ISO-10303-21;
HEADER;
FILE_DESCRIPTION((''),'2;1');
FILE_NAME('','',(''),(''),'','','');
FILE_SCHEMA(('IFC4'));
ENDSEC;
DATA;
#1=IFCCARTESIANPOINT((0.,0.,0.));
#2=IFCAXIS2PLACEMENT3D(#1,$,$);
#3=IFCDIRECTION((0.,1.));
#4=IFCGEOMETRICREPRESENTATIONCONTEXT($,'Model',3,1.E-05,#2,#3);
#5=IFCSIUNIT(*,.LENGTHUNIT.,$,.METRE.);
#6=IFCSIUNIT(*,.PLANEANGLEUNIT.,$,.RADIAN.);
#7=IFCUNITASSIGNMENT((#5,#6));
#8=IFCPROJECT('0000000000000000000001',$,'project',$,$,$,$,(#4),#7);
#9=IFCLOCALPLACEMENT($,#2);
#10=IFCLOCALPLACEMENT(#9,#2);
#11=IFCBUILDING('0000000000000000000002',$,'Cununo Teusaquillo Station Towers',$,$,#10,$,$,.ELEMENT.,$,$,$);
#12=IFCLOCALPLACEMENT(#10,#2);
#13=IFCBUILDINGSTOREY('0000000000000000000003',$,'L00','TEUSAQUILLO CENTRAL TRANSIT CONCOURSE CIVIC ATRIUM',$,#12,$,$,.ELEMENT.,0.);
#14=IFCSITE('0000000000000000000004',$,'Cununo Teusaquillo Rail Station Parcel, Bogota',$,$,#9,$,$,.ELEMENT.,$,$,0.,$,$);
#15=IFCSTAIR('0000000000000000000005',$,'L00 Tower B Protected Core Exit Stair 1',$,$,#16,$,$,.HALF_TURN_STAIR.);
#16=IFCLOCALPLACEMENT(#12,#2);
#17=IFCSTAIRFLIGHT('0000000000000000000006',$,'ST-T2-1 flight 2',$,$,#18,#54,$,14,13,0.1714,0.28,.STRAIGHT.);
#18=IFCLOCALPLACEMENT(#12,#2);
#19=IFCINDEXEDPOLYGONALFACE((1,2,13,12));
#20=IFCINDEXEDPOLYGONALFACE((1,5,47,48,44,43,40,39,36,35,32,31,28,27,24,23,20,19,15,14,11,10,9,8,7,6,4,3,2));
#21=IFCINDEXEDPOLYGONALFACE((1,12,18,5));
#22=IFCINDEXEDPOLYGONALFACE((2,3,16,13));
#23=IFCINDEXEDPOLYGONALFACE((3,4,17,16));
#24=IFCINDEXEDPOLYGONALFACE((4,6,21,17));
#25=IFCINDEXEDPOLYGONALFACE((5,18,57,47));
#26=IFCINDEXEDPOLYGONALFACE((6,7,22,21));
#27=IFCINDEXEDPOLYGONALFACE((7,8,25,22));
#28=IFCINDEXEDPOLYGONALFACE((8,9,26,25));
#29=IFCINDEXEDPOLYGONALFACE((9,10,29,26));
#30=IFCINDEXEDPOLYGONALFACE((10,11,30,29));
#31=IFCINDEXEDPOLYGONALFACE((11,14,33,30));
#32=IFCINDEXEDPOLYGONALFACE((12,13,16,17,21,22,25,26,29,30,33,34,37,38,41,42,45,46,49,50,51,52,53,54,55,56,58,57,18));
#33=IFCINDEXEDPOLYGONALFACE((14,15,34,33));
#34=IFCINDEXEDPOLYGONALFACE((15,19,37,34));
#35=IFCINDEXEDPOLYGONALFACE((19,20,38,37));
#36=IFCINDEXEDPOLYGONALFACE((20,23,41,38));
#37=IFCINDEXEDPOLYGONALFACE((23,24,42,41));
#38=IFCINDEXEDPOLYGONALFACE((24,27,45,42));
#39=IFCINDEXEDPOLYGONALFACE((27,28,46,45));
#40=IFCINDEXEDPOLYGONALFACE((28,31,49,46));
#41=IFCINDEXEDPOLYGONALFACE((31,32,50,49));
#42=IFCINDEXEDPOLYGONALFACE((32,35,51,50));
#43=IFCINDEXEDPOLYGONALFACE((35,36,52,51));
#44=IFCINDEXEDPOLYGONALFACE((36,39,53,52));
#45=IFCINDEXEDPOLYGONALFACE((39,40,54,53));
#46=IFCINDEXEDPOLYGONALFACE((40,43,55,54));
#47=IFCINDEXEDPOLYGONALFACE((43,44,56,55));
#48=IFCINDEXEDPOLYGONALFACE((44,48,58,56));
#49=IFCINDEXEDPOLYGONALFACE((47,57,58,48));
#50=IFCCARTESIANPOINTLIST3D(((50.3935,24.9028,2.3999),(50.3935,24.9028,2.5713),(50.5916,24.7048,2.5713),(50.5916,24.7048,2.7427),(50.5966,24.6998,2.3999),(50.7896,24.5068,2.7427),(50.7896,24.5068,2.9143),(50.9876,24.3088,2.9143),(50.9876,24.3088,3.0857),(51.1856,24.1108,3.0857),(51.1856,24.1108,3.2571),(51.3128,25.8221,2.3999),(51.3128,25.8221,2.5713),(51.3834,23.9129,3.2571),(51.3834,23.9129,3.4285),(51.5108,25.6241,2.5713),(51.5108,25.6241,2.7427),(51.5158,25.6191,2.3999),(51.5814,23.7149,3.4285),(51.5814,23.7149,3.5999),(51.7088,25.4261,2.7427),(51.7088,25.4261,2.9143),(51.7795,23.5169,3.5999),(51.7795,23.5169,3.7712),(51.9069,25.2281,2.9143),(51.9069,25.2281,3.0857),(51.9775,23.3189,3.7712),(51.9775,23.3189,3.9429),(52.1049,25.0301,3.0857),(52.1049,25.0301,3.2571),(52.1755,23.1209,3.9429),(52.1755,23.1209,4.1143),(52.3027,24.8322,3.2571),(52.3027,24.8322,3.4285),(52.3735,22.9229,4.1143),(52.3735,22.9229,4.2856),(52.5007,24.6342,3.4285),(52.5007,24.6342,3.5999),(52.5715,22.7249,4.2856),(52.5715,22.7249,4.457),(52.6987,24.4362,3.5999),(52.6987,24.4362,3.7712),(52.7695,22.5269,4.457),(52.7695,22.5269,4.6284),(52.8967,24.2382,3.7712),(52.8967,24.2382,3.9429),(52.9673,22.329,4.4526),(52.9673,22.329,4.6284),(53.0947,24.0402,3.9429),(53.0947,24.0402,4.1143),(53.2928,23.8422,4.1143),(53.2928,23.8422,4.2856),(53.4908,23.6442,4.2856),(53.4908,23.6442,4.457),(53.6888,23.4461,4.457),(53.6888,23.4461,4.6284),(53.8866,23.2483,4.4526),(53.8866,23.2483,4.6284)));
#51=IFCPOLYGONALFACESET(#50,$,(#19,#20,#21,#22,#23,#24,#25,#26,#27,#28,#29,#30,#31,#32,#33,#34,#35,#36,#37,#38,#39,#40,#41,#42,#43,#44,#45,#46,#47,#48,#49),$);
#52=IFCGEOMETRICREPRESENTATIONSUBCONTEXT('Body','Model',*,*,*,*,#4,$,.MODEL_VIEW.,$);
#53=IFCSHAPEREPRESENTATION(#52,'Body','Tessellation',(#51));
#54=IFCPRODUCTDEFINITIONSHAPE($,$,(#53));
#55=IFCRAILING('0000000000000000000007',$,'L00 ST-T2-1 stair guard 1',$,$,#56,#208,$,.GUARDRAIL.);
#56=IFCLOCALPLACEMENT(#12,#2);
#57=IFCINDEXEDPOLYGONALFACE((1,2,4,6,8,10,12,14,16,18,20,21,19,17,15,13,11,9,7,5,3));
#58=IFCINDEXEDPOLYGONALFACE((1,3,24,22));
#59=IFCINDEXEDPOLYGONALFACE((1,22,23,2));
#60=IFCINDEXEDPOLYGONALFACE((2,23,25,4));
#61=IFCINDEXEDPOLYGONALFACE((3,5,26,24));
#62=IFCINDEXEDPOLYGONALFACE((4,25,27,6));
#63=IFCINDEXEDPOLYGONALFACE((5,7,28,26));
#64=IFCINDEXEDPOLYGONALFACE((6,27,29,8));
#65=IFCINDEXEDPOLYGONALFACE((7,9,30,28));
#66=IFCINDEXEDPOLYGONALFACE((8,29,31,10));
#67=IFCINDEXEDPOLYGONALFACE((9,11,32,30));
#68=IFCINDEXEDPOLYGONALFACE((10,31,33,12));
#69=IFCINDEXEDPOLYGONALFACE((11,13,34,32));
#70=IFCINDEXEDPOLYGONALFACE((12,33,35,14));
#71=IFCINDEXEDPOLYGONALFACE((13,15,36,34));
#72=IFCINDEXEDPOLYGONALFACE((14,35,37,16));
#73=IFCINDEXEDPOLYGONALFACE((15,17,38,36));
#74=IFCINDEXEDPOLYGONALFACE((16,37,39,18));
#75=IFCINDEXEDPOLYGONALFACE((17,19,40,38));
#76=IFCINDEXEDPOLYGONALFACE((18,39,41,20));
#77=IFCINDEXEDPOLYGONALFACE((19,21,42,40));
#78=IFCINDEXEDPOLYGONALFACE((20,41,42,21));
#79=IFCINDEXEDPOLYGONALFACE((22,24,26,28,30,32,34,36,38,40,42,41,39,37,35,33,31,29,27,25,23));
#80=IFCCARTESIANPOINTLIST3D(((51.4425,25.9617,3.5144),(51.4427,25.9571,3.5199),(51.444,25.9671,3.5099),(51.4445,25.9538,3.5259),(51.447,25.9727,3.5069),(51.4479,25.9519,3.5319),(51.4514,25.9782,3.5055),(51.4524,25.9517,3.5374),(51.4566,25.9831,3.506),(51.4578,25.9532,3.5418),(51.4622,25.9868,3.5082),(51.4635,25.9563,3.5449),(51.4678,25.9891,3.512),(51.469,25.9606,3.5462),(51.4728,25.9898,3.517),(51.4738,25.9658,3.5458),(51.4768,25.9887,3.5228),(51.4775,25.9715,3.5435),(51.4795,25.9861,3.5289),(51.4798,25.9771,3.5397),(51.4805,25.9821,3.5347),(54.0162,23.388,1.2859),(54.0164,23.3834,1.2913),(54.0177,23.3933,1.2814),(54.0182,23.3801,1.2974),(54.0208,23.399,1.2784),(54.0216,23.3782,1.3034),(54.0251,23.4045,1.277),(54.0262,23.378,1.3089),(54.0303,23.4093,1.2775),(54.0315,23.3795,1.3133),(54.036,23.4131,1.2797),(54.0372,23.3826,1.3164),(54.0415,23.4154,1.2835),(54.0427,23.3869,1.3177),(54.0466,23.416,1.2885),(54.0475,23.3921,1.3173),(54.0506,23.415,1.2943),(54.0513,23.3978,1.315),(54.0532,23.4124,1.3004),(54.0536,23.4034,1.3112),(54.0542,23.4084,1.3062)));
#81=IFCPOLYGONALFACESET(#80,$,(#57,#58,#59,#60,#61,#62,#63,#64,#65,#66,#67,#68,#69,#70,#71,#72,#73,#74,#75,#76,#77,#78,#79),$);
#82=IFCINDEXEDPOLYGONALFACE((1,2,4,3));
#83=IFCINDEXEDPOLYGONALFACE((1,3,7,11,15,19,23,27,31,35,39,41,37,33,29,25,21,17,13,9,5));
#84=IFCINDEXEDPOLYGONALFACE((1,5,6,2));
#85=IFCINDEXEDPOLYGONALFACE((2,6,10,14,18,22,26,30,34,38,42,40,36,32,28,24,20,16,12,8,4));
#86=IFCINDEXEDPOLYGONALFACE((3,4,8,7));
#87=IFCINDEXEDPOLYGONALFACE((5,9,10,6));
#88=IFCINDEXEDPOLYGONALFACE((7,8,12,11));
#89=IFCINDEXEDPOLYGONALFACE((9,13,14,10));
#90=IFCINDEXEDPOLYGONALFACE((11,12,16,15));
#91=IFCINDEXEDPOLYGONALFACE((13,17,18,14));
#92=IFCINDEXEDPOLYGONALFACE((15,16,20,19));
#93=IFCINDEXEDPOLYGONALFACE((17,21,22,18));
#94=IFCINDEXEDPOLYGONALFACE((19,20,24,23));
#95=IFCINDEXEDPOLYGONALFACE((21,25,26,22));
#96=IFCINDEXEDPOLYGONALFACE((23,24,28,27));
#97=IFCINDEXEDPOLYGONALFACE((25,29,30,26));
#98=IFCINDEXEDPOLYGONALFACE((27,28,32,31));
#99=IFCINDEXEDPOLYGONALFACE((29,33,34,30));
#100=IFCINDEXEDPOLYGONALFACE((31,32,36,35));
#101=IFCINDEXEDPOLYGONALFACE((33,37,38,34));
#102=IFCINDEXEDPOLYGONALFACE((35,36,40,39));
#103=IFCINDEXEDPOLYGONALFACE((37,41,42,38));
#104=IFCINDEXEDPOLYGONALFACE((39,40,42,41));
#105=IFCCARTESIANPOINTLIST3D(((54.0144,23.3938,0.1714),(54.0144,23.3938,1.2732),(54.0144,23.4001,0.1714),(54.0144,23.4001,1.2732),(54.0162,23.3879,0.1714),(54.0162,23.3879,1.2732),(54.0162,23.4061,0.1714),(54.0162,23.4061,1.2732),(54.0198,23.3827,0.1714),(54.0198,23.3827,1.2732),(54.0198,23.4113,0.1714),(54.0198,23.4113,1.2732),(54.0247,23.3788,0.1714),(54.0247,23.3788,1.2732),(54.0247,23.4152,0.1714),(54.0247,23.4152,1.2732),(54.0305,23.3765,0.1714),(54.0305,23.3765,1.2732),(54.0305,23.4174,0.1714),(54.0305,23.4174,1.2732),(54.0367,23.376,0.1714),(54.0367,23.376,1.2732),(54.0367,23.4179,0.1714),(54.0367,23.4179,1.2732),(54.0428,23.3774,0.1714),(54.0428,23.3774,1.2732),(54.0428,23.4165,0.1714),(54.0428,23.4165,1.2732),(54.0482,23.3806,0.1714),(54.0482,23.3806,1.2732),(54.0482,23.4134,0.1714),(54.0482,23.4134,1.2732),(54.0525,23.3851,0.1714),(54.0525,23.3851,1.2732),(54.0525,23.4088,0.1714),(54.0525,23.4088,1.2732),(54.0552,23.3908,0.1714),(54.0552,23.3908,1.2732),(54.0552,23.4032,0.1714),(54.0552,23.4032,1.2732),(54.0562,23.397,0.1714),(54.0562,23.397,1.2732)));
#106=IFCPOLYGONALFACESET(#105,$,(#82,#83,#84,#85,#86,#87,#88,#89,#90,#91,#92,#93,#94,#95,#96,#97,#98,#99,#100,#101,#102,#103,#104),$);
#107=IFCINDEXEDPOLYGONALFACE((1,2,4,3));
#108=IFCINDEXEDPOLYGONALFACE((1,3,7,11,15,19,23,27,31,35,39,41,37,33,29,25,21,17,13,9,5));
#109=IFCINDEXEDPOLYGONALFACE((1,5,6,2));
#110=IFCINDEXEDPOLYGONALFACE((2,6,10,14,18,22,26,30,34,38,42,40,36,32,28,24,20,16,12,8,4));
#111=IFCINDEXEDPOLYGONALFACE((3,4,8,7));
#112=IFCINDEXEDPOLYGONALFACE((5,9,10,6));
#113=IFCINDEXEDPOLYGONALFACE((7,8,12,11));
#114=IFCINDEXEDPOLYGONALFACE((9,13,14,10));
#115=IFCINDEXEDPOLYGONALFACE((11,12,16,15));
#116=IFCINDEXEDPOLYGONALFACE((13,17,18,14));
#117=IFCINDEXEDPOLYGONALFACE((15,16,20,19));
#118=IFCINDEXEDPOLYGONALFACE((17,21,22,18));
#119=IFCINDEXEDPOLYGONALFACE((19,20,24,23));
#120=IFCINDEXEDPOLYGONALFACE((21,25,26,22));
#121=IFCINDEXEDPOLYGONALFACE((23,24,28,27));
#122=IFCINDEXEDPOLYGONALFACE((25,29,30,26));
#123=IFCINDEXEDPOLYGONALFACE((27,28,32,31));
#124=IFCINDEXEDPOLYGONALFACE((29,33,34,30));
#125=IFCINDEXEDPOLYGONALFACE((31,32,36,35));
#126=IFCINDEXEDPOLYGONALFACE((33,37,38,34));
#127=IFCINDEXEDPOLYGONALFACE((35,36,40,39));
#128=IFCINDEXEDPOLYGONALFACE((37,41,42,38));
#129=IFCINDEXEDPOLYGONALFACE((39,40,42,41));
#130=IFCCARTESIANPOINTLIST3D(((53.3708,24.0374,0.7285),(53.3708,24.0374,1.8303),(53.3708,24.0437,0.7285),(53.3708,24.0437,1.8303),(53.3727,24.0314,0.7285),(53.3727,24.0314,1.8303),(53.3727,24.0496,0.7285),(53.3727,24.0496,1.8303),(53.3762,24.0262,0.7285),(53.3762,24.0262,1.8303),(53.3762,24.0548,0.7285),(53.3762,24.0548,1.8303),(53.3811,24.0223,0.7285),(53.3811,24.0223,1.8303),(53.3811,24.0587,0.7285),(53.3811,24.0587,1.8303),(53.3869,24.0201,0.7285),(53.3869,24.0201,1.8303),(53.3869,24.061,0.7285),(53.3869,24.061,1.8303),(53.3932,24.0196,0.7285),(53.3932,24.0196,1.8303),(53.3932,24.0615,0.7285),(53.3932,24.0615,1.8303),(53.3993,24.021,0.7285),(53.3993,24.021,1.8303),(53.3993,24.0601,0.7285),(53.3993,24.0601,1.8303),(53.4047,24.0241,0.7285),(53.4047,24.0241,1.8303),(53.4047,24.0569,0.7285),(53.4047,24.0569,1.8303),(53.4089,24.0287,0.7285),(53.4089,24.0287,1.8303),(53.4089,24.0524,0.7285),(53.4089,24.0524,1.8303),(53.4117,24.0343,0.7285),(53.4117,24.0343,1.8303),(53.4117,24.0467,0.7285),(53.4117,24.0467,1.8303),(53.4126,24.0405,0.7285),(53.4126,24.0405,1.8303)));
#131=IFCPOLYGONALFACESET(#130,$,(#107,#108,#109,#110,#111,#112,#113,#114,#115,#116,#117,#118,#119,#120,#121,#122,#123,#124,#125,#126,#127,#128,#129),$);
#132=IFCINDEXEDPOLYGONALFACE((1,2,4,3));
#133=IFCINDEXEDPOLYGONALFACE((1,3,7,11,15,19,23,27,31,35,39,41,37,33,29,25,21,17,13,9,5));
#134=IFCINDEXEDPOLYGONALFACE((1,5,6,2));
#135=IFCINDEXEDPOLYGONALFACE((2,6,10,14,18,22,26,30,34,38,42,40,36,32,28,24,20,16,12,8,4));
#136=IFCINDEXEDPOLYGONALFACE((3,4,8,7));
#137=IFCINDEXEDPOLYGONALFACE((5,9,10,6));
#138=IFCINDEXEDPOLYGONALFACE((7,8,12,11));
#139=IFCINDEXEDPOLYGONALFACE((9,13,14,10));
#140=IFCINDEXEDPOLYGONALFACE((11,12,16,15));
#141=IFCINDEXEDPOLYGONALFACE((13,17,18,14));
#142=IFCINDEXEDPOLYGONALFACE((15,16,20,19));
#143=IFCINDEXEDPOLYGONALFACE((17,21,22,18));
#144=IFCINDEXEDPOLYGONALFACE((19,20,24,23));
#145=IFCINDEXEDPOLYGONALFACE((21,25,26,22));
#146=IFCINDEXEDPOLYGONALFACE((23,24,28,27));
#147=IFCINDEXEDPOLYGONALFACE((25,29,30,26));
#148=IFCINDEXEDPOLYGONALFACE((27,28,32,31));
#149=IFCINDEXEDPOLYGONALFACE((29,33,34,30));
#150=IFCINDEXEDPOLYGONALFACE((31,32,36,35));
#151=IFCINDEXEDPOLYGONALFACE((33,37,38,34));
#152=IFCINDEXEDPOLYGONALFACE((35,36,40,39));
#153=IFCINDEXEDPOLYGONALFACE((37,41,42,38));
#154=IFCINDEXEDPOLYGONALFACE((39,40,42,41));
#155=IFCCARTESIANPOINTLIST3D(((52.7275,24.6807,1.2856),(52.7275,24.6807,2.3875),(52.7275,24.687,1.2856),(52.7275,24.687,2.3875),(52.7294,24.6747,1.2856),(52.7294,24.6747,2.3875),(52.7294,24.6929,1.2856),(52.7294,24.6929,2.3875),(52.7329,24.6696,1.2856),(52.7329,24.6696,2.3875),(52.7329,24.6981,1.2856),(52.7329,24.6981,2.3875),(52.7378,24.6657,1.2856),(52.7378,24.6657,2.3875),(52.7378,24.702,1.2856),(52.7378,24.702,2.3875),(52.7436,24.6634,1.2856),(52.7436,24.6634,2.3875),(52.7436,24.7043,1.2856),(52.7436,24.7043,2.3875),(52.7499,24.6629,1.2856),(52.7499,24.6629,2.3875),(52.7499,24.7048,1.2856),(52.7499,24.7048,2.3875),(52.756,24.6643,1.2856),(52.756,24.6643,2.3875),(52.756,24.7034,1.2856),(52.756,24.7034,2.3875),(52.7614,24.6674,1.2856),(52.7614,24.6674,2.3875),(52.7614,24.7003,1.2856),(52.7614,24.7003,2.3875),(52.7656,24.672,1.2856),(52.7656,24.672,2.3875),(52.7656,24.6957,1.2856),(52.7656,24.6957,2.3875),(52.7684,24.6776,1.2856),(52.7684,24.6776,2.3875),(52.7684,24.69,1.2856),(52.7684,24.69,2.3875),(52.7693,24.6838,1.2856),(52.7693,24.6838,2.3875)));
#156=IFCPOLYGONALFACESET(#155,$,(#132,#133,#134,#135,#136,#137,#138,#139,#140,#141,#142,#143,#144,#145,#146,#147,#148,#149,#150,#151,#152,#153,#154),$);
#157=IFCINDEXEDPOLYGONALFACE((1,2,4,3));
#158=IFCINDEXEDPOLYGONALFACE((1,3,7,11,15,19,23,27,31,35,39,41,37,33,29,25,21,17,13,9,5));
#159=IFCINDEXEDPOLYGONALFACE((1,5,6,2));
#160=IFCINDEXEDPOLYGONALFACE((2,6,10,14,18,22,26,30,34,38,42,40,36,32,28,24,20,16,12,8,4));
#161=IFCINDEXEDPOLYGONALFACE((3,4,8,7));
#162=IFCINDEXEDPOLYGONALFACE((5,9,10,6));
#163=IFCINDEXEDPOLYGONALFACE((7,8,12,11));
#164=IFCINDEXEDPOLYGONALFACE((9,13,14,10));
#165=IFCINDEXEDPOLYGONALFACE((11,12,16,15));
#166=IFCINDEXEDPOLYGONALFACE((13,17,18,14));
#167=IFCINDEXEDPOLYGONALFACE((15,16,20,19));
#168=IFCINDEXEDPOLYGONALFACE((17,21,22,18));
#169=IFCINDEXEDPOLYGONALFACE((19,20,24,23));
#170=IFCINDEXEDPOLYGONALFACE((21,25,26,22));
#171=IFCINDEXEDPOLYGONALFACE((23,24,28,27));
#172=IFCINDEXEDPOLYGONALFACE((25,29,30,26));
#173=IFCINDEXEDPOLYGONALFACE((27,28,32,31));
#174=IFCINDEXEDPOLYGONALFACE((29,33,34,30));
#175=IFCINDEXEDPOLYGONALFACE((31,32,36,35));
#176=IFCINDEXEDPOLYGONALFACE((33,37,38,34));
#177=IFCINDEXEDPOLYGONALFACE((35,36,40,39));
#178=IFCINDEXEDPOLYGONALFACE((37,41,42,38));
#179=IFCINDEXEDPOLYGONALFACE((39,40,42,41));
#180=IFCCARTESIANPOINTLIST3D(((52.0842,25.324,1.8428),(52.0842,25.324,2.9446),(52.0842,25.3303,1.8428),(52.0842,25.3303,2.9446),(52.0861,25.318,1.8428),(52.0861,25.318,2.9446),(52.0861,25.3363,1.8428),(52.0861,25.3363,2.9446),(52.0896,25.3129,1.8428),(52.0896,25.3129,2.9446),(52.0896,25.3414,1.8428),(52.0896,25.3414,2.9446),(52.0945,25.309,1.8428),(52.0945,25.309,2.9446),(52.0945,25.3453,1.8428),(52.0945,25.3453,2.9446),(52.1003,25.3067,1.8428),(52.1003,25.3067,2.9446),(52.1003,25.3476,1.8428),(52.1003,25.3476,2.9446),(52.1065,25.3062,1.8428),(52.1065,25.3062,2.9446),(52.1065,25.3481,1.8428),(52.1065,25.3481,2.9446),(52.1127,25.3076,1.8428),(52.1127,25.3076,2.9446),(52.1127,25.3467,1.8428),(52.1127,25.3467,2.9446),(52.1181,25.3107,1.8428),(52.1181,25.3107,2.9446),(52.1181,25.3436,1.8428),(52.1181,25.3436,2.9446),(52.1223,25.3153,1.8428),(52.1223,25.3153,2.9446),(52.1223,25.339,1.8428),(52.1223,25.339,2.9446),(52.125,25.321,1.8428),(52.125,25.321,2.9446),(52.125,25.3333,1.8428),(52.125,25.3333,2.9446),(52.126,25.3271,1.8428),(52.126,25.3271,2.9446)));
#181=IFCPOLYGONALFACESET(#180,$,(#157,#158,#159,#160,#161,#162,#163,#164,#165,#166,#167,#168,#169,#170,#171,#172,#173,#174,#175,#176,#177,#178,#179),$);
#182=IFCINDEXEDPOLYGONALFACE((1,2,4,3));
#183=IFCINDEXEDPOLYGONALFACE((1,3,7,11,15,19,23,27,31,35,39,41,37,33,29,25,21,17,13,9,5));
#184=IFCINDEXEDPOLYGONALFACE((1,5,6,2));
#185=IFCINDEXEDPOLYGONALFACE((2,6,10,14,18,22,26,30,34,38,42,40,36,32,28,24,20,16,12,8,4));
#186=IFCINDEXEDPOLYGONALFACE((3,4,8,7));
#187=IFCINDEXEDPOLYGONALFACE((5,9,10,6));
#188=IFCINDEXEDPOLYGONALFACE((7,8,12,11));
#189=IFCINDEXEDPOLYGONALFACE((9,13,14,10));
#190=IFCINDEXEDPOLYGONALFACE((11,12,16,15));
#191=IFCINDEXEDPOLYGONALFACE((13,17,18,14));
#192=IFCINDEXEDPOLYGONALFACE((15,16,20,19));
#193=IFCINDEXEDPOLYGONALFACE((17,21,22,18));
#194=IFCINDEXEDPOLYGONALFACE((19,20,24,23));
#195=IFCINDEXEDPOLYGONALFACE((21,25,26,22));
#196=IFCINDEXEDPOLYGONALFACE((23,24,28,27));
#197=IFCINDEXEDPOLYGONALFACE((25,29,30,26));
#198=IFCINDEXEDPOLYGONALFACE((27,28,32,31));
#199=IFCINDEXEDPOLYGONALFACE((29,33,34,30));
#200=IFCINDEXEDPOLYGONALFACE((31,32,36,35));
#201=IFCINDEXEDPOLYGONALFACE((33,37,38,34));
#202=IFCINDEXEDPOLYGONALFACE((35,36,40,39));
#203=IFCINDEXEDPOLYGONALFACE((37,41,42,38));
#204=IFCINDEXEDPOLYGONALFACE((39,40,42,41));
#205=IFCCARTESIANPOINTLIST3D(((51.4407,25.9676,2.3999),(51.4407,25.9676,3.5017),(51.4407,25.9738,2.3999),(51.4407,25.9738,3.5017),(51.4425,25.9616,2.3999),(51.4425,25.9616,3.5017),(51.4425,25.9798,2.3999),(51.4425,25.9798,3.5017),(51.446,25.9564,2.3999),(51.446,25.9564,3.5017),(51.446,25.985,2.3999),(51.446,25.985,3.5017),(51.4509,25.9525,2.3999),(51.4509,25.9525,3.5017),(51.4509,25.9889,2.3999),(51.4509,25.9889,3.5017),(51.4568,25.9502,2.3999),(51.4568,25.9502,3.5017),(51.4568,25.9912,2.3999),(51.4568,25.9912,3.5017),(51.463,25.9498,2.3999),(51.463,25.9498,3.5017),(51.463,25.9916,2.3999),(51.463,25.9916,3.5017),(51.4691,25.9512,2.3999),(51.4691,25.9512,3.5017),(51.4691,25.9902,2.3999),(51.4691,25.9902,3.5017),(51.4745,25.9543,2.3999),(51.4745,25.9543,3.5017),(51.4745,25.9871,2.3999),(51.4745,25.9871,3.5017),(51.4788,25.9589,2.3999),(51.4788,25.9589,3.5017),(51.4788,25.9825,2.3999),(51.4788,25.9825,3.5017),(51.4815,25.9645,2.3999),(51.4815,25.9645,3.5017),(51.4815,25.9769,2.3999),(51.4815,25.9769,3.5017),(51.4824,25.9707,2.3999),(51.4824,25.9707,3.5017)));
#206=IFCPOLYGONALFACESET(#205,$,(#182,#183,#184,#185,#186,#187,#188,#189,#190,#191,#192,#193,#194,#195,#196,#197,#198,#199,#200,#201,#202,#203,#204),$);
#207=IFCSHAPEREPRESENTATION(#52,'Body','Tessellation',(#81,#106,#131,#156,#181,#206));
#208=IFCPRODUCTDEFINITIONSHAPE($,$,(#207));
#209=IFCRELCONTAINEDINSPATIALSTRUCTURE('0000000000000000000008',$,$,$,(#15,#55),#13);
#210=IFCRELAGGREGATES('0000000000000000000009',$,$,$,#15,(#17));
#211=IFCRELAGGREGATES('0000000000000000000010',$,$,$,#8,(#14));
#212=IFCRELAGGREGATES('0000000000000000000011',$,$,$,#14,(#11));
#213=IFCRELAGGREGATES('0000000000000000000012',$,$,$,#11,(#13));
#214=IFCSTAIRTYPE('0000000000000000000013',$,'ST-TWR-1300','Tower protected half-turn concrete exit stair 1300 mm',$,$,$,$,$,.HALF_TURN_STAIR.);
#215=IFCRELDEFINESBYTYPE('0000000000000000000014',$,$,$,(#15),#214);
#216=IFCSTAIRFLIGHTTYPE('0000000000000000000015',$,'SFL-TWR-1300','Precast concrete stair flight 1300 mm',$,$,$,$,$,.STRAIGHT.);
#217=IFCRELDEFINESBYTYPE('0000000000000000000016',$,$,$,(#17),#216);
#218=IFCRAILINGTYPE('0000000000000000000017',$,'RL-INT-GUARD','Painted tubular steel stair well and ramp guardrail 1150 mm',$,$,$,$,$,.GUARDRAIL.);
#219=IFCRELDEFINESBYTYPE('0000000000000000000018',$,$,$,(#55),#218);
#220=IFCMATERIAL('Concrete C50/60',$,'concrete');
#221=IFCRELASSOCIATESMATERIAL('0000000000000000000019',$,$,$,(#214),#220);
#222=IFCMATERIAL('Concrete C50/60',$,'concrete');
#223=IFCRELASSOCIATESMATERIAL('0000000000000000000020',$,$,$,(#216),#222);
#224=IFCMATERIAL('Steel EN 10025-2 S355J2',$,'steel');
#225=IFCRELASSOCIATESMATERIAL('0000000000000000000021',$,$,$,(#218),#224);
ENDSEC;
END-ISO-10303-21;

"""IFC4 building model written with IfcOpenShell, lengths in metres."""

from ifc_helpers import new_model, si_unit, direction, frame, origin, origin_2d, place, context, subcontext, project, spatial, polyline, circle, outline, extrude, material, type_object, element, aggregate, save


model = new_model("IFC4")

# Units and contexts
model_context = context("Model", 3, precision=1e-05, world=origin(), true_north=direction((0.0, 1.0)))
body_context = subcontext(model_context, "Body", "Model", "MODEL_VIEW")
ifc_project = project(units=[si_unit("LENGTHUNIT", "METRE"), si_unit("PLANEANGLEUNIT", "RADIAN")], contexts=[model_context])

# Site, building, storey
site_placement = place(None, origin())
site = spatial("IfcSite", under=ifc_project, at=site_placement, Name="Cununo Teusaquillo Rail Station Parcel, Bogota", CompositionType="ELEMENT", RefElevation=0.0)
building_placement = place(site_placement, origin())
building = spatial("IfcBuilding", under=site, at=building_placement, Name="Cununo Teusaquillo Station Towers", CompositionType="ELEMENT")
storey_placement = place(building_placement, origin())
storey = spatial("IfcBuildingStorey", under=building, at=storey_placement, Name="L00", Description="TEUSAQUILLO CENTRAL TRANSIT CONCOURSE CIVIC ATRIUM", CompositionType="ELEMENT", Elevation=0.0)

# Stair, stair flight
ifc_material_1 = material(Name="Concrete C50/60", Category="concrete")
stair_type = type_object("IfcStairType", Name="ST-TWR-1300", Description="Tower protected half-turn concrete exit stair 1300 mm", PredefinedType="HALF_TURN_STAIR", material=ifc_material_1)
stair_placement = place(storey_placement, origin())
stair = element("IfcStair", 1, at=stair_placement, inside=storey, type_object=stair_type, Name="L00 Tower B Protected Core Exit Stair 1", PredefinedType="HALF_TURN_STAIR")
ifc_material_2 = material(Name="Concrete C50/60", Category="concrete")
stair_flight_type = type_object("IfcStairFlightType", Name="SFL-TWR-1300", Description="Precast concrete stair flight 1300 mm", PredefinedType="STRAIGHT", material=ifc_material_2)
stair_flight_1_placement = place(storey_placement, frame((50.8533, 25.3625, 2.3999), z_axis=(0.0, 0.0, 1.0), x_axis=(0.707107, -0.707107, 0.0)))
stair_flight_1 = element("IfcStairFlight", 2, at=stair_flight_1_placement, type_object=stair_flight_type, Name="ST-T2-1 flight 2", NumberOfRisers=14, NumberOfTreads=13, PredefinedType="STRAIGHT", RiserHeight=0.1714, TreadLength=0.28, context=body_context, shape_type="SweptSolid", body=[
    extrude(outline(polyline([(0.0, 0.0), (0.0, 0.1714), (0.28, 0.1714), (0.28, 0.3428), (0.5601, 0.3428), (0.5601, 0.5144), (0.8401, 0.5144), (0.8401, 0.6858), (1.1201, 0.6858), (1.1201, 0.8572), (1.3999, 0.8572), (1.3999, 1.0286), (1.6799, 1.0286), (1.6799, 1.2), (1.96, 1.2), (1.96, 1.3713), (2.24, 1.3713), (2.24, 1.543), (2.52, 1.543), (2.52, 1.7144), (2.8, 1.7144), (2.8, 1.8857), (3.0801, 1.8857), (3.0801, 2.0571), (3.3601, 2.0571), (3.3601, 2.2285), (3.6399, 2.2285), (3.6399, 2.3999), (3.6399, 2.0527), (0.2871, 0.0), (0.0, 0.0)])), frame((0.0, 0.6499, 0.0), z_axis=(0.0, -1.0, 0.0), x_axis=(1.0, 0.0, 0.0)), (0.0, 0.0, 1.0), 1.3),
])
aggregate(stair, [stair_flight_1])

# Railing
ifc_material_3 = material(Name="Steel EN 10025-2 S355J2", Category="steel")
railing_type_1 = type_object("IfcRailingType", Name="RL-INT-GUARD", Description="Painted tubular steel stair well and ramp guardrail 1150 mm", PredefinedType="GUARDRAIL", material=ifc_material_3)
railing_1_placement = place(storey_placement, frame((54.0352, 23.397, 0.1714)))
element("IfcRailing", 3, at=railing_1_placement, inside=storey, type_object=railing_type_1, Name="L00 ST-T2-1 stair guard 1", PredefinedType="GUARDRAIL", context=body_context, shape_type="SweptSolid", body=[
    extrude(circle(Radius=0.0239, at=origin_2d()), frame((0.0, 0.0, 1.126), z_axis=(-0.603052, 0.603052, 0.522165), x_axis=(-0.707107, -0.707107, 0.0)), (0.0, 0.0, 1.0), 4.2678),
    extrude(circle(Radius=0.021, at=origin_2d()), origin(), (0.0, 0.0, 1.0), 1.1018),
    extrude(circle(Radius=0.021, at=origin_2d()), frame((-0.6436, 0.6436, 0.5571)), (0.0, 0.0, 1.0), 1.1018),
    extrude(circle(Radius=0.021, at=origin_2d()), frame((-1.2869, 1.2869, 1.1143)), (0.0, 0.0, 1.0), 1.1018),
    extrude(circle(Radius=0.021, at=origin_2d()), frame((-1.9302, 1.9302, 1.6714)), (0.0, 0.0, 1.0), 1.1018),
    extrude(circle(Radius=0.021, at=origin_2d()), frame((-2.5737, 2.5737, 2.2285)), (0.0, 0.0, 1.0), 1.1018),
])

save(model, "model.ifc")
